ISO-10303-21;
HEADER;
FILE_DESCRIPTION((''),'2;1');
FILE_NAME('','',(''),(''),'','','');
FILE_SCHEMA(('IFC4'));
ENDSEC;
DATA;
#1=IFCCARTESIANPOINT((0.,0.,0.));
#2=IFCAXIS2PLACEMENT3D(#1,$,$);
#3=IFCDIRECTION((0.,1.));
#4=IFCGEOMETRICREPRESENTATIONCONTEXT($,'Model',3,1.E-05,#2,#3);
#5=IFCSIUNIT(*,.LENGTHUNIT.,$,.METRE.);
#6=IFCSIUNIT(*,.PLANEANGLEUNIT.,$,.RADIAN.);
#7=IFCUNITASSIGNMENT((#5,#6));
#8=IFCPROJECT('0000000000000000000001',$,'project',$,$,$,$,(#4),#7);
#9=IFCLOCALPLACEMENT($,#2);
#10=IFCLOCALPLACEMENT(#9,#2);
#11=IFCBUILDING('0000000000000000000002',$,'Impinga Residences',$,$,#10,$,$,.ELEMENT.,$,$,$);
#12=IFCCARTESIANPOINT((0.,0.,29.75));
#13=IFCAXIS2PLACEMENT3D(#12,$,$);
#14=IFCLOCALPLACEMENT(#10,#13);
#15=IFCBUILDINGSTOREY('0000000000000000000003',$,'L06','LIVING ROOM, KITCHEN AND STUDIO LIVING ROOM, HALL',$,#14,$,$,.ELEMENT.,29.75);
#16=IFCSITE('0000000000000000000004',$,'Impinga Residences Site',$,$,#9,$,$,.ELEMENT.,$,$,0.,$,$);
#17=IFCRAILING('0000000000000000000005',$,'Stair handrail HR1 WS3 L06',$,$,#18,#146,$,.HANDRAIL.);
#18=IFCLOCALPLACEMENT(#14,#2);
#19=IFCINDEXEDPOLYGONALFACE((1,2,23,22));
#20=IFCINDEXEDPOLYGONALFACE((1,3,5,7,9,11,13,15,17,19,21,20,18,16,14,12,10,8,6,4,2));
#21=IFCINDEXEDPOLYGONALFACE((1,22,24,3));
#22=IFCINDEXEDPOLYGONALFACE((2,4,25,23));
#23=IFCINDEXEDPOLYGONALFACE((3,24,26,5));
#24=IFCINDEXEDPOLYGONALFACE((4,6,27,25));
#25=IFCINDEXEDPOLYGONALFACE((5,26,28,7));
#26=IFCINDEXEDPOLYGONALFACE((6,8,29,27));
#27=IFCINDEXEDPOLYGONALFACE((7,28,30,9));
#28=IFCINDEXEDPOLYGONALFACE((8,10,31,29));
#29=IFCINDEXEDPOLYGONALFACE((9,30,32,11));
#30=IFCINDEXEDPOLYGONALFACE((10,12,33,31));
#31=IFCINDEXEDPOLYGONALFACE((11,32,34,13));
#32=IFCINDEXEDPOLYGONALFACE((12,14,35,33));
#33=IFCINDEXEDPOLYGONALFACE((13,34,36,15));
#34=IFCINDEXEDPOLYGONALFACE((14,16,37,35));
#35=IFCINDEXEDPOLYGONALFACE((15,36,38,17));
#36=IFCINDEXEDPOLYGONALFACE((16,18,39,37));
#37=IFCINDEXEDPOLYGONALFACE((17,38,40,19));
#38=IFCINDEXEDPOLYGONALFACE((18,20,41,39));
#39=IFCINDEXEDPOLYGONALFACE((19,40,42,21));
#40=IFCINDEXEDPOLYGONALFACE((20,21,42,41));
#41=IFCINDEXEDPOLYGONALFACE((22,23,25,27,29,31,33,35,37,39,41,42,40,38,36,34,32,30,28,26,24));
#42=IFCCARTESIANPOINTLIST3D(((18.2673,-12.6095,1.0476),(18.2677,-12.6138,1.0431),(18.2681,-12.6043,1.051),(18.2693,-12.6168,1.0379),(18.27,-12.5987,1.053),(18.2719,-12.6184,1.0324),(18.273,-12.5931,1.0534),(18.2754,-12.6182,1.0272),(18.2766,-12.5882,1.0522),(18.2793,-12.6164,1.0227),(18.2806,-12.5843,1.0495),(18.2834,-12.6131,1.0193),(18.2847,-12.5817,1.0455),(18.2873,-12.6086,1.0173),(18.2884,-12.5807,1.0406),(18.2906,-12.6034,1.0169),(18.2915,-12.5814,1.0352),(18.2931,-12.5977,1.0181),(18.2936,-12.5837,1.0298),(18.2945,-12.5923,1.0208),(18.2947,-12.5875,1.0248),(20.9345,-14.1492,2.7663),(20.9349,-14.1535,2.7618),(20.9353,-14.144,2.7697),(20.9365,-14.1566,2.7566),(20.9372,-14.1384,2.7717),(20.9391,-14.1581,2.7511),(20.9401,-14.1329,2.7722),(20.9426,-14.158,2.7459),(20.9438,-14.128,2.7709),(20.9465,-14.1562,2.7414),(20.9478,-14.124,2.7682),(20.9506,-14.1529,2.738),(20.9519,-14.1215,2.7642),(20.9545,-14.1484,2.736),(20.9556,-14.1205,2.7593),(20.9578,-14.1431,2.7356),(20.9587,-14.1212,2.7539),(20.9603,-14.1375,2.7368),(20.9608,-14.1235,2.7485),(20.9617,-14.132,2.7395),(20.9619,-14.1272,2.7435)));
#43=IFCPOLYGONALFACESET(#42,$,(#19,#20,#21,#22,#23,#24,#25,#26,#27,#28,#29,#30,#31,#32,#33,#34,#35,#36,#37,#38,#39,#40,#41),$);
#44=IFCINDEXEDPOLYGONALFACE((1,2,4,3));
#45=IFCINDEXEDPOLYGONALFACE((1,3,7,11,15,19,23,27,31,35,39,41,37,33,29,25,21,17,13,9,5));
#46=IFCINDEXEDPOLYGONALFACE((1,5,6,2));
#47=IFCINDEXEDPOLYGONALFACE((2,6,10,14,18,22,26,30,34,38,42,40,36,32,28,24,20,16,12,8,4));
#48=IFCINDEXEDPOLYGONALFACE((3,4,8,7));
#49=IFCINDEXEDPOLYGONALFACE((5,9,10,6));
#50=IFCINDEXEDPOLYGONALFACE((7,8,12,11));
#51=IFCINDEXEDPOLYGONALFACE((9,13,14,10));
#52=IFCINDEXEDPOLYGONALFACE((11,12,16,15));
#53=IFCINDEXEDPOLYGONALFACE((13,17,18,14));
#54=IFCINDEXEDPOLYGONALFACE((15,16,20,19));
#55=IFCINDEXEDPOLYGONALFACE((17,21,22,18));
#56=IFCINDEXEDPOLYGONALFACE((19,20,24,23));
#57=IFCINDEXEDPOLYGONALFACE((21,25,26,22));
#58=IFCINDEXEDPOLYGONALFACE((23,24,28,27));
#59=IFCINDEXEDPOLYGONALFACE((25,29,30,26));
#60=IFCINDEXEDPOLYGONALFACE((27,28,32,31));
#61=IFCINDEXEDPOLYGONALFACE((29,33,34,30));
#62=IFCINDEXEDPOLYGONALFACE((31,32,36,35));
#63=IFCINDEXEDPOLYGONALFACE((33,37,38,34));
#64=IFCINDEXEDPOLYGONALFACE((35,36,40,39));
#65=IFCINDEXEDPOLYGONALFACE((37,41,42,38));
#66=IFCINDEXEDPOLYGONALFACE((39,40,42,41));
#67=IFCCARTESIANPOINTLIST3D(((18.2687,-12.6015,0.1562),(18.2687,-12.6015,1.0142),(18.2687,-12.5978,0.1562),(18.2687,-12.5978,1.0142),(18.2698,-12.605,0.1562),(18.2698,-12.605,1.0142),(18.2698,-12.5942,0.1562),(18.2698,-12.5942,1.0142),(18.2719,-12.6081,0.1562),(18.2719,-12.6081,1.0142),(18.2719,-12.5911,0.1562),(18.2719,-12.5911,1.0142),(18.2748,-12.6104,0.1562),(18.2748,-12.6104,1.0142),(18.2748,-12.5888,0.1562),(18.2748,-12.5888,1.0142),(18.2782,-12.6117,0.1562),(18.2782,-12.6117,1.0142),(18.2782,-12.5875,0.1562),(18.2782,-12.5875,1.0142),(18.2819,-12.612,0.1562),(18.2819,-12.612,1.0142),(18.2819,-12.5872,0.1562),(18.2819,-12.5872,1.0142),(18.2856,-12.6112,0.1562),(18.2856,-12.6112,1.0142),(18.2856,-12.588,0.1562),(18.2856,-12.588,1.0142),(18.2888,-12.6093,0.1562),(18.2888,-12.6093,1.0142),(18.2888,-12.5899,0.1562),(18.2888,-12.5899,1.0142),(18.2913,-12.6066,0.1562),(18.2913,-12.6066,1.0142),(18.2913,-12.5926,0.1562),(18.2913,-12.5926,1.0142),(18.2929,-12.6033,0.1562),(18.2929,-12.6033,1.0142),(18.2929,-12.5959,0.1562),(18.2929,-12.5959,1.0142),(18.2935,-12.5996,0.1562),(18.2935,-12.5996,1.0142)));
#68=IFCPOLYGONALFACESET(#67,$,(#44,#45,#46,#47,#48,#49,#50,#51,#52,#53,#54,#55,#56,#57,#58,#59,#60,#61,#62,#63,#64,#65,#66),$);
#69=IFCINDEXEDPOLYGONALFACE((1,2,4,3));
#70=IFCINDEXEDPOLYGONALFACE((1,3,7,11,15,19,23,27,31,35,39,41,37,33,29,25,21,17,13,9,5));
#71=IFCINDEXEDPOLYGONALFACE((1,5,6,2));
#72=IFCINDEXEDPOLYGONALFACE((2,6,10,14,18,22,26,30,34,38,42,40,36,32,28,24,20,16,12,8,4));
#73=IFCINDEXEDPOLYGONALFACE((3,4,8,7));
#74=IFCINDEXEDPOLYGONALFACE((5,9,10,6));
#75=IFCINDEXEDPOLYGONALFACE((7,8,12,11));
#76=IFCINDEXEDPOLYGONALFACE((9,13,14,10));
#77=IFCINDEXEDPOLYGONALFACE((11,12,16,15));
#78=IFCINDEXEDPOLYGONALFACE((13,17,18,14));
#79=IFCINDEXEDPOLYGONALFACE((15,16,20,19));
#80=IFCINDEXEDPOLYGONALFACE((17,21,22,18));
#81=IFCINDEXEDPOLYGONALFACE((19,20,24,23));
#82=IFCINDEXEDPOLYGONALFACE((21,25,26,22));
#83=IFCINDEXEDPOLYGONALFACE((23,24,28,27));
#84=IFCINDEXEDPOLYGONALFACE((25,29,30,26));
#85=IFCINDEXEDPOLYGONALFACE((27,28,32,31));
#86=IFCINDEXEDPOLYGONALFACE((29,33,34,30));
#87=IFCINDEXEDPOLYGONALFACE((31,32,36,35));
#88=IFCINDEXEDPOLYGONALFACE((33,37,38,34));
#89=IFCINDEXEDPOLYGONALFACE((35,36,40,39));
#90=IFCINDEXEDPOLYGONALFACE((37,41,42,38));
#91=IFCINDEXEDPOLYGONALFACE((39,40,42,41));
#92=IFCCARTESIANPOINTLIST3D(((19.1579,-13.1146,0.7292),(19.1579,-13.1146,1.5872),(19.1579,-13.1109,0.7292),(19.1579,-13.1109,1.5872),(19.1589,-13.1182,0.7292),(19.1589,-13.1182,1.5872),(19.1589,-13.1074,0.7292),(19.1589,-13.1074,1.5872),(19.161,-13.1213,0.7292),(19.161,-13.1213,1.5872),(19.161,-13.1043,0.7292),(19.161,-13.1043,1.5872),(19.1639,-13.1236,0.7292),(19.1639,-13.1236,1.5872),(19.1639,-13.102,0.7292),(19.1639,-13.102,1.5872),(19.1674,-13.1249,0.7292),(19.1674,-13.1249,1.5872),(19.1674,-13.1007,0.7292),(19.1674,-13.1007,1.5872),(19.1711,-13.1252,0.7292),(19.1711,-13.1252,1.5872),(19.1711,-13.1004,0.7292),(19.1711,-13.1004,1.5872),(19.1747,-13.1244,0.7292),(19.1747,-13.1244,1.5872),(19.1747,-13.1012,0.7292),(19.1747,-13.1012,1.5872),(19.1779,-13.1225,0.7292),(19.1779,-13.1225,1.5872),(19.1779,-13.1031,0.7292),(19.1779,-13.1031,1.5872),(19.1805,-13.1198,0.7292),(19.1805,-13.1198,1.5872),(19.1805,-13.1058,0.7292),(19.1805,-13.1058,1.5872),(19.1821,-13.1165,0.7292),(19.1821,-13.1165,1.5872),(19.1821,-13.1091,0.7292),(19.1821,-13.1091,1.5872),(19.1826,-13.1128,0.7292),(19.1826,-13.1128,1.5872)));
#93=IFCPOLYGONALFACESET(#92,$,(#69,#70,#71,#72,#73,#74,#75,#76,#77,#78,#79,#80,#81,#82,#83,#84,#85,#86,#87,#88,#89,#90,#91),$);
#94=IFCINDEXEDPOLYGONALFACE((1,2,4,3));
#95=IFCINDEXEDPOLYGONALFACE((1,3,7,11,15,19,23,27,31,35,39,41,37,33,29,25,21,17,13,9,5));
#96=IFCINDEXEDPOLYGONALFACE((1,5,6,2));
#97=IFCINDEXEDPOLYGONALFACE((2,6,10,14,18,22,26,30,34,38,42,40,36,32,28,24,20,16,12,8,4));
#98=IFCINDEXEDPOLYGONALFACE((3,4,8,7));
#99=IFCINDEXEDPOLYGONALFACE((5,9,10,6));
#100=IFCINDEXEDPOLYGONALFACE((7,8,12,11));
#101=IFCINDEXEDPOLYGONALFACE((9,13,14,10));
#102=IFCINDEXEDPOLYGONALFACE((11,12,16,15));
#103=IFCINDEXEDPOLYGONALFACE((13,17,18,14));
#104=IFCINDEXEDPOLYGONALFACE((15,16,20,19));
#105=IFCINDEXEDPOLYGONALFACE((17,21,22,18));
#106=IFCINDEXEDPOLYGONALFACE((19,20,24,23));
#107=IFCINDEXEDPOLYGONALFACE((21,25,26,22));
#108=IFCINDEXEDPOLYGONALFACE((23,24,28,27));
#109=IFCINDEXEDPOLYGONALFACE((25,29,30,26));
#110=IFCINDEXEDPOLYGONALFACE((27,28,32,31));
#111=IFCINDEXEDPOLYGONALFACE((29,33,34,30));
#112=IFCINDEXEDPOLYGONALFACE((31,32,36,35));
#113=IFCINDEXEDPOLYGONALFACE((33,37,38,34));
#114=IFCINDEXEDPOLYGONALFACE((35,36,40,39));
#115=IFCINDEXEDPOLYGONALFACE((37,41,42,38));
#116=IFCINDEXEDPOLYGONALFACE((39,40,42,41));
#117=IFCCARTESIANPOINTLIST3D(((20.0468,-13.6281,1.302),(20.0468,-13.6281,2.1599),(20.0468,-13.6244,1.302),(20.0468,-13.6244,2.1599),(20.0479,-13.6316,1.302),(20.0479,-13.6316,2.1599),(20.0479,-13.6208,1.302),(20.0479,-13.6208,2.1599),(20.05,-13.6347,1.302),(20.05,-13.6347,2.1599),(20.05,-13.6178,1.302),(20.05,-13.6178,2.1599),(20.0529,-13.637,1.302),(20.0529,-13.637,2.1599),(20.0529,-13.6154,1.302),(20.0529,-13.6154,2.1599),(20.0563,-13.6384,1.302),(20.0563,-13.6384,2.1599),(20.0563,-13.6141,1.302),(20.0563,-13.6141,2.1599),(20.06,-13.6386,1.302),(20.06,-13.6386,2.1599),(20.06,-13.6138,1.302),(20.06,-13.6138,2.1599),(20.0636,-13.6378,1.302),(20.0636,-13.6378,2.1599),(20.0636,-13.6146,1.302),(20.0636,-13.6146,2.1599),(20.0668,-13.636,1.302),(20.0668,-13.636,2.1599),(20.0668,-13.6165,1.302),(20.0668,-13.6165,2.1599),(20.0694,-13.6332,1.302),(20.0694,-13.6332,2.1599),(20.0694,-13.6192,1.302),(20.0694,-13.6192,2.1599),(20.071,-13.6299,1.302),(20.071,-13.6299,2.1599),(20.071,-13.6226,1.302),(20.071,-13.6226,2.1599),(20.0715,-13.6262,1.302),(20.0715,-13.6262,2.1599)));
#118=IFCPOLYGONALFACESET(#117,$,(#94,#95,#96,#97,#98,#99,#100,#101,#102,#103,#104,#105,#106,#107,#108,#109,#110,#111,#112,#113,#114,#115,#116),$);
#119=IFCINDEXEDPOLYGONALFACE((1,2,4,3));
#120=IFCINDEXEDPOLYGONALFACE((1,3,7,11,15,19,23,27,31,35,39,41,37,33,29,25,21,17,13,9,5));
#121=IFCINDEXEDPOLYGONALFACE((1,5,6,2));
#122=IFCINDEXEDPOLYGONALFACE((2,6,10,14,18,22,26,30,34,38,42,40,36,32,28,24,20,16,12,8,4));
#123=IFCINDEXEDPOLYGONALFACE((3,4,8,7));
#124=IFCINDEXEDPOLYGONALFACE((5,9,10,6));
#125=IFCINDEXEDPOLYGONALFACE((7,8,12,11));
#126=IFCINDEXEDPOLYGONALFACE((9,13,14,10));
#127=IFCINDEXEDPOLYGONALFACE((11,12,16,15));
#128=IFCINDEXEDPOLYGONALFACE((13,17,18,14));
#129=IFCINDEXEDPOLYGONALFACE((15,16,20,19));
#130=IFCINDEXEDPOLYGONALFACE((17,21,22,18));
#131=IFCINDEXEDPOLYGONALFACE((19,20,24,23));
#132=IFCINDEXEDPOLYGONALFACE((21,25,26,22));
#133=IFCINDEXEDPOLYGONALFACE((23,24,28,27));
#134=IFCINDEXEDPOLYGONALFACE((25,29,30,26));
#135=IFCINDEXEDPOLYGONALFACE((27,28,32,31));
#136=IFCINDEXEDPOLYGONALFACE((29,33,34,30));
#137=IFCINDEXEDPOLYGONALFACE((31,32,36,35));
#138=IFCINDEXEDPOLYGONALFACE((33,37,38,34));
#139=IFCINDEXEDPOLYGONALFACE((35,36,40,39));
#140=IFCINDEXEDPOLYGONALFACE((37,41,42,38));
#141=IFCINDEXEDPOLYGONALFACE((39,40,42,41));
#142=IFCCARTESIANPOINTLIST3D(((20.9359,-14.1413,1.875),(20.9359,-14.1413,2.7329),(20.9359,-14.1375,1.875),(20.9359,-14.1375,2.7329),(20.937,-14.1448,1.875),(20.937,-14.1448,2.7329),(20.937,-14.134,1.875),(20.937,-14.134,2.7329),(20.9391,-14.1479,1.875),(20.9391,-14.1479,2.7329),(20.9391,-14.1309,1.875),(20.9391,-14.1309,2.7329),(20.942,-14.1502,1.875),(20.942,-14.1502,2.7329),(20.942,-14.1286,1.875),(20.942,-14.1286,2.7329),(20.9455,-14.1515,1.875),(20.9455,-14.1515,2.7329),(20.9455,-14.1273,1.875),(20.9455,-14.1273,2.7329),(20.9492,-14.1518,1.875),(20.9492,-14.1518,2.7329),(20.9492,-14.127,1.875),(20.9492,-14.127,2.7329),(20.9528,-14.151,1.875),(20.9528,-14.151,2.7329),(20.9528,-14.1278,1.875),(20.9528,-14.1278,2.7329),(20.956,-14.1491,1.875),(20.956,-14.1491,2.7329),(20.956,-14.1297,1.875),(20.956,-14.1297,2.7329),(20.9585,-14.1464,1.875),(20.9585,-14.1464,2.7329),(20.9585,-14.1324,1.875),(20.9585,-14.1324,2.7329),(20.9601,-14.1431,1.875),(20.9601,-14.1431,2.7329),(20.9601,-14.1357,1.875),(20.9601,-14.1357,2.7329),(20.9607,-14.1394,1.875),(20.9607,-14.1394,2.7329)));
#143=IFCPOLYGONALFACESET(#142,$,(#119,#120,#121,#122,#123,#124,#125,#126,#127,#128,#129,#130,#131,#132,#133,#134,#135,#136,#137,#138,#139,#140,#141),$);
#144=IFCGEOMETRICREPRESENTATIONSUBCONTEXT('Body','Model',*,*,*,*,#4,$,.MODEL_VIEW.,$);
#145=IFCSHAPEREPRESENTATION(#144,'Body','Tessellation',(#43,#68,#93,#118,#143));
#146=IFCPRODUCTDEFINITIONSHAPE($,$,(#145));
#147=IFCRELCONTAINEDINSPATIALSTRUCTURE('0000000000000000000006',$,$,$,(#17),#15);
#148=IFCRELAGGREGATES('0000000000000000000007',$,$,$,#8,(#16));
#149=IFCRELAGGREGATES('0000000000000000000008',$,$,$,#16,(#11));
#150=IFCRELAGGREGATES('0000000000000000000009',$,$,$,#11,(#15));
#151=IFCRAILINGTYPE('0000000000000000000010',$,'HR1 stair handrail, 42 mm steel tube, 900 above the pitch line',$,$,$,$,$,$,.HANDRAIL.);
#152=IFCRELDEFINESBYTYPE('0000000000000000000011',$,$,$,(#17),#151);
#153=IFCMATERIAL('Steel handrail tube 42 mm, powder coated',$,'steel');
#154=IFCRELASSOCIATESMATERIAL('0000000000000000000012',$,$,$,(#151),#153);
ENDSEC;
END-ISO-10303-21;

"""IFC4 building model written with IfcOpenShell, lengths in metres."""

from ifc_helpers import new_model, si_unit, direction, frame, origin, origin_2d, place, context, subcontext, project, spatial, circle, extrude, material, type_object, element, save


model = new_model("IFC4")

# Units and contexts
model_context = context("Model", 3, precision=1e-05, world=origin(), true_north=direction((0.0, 1.0)))
body_context = subcontext(model_context, "Body", "Model", "MODEL_VIEW")
ifc_project = project(units=[si_unit("LENGTHUNIT", "METRE"), si_unit("PLANEANGLEUNIT", "RADIAN")], contexts=[model_context])

# Site, building, storey
site_placement = place(None, origin())
site = spatial("IfcSite", under=ifc_project, at=site_placement, Name="Impinga Residences Site", CompositionType="ELEMENT", RefElevation=0.0)
building_placement = place(site_placement, origin())
building = spatial("IfcBuilding", under=site, at=building_placement, Name="Impinga Residences", CompositionType="ELEMENT")
storey_placement = place(building_placement, frame((0.0, 0.0, 29.75)))
storey = spatial("IfcBuildingStorey", under=building, at=storey_placement, Name="L06", Description="LIVING ROOM, KITCHEN AND STUDIO LIVING ROOM, HALL", CompositionType="ELEMENT", Elevation=29.75)

# Railing
ifc_material_1 = material(Name="Steel handrail tube 42 mm, powder coated", Category="steel")
railing_type_1 = type_object("IfcRailingType", Name="HR1 stair handrail, 42 mm steel tube, 900 above the pitch line", PredefinedType="HANDRAIL", material=ifc_material_1)
railing_1_placement = place(storey_placement, frame((18.281, -12.5996, 0.1562)))
element("IfcRailing", 1, at=railing_1_placement, inside=storey, type_object=railing_type_1, Name="Stair handrail HR1 WS3 L06", PredefinedType="HANDRAIL", context=body_context, shape_type="SweptSolid", body=[
    extrude(circle(Radius=0.021, at=origin_2d()), frame((0.0, 0.0, 0.8789), z_axis=(0.756249, -0.436582, 0.487322), x_axis=(0.499967, 0.866044, 0.0)), (0.0, 0.0, 1.0), 3.5269),
    extrude(circle(Radius=0.0125, at=origin_2d()), origin(), (0.0, 0.0, 1.0), 0.8579),
    extrude(circle(Radius=0.0125, at=origin_2d()), frame((0.8892, -0.5132, 0.573)), (0.0, 0.0, 1.0), 0.8579),
    extrude(circle(Radius=0.0125, at=origin_2d()), frame((1.7781, -1.0266, 1.1458)), (0.0, 0.0, 1.0), 0.8579),
    extrude(circle(Radius=0.0125, at=origin_2d()), frame((2.6672, -1.5398, 1.7188)), (0.0, 0.0, 1.0), 0.8579),
])

save(model, "model.ifc")
